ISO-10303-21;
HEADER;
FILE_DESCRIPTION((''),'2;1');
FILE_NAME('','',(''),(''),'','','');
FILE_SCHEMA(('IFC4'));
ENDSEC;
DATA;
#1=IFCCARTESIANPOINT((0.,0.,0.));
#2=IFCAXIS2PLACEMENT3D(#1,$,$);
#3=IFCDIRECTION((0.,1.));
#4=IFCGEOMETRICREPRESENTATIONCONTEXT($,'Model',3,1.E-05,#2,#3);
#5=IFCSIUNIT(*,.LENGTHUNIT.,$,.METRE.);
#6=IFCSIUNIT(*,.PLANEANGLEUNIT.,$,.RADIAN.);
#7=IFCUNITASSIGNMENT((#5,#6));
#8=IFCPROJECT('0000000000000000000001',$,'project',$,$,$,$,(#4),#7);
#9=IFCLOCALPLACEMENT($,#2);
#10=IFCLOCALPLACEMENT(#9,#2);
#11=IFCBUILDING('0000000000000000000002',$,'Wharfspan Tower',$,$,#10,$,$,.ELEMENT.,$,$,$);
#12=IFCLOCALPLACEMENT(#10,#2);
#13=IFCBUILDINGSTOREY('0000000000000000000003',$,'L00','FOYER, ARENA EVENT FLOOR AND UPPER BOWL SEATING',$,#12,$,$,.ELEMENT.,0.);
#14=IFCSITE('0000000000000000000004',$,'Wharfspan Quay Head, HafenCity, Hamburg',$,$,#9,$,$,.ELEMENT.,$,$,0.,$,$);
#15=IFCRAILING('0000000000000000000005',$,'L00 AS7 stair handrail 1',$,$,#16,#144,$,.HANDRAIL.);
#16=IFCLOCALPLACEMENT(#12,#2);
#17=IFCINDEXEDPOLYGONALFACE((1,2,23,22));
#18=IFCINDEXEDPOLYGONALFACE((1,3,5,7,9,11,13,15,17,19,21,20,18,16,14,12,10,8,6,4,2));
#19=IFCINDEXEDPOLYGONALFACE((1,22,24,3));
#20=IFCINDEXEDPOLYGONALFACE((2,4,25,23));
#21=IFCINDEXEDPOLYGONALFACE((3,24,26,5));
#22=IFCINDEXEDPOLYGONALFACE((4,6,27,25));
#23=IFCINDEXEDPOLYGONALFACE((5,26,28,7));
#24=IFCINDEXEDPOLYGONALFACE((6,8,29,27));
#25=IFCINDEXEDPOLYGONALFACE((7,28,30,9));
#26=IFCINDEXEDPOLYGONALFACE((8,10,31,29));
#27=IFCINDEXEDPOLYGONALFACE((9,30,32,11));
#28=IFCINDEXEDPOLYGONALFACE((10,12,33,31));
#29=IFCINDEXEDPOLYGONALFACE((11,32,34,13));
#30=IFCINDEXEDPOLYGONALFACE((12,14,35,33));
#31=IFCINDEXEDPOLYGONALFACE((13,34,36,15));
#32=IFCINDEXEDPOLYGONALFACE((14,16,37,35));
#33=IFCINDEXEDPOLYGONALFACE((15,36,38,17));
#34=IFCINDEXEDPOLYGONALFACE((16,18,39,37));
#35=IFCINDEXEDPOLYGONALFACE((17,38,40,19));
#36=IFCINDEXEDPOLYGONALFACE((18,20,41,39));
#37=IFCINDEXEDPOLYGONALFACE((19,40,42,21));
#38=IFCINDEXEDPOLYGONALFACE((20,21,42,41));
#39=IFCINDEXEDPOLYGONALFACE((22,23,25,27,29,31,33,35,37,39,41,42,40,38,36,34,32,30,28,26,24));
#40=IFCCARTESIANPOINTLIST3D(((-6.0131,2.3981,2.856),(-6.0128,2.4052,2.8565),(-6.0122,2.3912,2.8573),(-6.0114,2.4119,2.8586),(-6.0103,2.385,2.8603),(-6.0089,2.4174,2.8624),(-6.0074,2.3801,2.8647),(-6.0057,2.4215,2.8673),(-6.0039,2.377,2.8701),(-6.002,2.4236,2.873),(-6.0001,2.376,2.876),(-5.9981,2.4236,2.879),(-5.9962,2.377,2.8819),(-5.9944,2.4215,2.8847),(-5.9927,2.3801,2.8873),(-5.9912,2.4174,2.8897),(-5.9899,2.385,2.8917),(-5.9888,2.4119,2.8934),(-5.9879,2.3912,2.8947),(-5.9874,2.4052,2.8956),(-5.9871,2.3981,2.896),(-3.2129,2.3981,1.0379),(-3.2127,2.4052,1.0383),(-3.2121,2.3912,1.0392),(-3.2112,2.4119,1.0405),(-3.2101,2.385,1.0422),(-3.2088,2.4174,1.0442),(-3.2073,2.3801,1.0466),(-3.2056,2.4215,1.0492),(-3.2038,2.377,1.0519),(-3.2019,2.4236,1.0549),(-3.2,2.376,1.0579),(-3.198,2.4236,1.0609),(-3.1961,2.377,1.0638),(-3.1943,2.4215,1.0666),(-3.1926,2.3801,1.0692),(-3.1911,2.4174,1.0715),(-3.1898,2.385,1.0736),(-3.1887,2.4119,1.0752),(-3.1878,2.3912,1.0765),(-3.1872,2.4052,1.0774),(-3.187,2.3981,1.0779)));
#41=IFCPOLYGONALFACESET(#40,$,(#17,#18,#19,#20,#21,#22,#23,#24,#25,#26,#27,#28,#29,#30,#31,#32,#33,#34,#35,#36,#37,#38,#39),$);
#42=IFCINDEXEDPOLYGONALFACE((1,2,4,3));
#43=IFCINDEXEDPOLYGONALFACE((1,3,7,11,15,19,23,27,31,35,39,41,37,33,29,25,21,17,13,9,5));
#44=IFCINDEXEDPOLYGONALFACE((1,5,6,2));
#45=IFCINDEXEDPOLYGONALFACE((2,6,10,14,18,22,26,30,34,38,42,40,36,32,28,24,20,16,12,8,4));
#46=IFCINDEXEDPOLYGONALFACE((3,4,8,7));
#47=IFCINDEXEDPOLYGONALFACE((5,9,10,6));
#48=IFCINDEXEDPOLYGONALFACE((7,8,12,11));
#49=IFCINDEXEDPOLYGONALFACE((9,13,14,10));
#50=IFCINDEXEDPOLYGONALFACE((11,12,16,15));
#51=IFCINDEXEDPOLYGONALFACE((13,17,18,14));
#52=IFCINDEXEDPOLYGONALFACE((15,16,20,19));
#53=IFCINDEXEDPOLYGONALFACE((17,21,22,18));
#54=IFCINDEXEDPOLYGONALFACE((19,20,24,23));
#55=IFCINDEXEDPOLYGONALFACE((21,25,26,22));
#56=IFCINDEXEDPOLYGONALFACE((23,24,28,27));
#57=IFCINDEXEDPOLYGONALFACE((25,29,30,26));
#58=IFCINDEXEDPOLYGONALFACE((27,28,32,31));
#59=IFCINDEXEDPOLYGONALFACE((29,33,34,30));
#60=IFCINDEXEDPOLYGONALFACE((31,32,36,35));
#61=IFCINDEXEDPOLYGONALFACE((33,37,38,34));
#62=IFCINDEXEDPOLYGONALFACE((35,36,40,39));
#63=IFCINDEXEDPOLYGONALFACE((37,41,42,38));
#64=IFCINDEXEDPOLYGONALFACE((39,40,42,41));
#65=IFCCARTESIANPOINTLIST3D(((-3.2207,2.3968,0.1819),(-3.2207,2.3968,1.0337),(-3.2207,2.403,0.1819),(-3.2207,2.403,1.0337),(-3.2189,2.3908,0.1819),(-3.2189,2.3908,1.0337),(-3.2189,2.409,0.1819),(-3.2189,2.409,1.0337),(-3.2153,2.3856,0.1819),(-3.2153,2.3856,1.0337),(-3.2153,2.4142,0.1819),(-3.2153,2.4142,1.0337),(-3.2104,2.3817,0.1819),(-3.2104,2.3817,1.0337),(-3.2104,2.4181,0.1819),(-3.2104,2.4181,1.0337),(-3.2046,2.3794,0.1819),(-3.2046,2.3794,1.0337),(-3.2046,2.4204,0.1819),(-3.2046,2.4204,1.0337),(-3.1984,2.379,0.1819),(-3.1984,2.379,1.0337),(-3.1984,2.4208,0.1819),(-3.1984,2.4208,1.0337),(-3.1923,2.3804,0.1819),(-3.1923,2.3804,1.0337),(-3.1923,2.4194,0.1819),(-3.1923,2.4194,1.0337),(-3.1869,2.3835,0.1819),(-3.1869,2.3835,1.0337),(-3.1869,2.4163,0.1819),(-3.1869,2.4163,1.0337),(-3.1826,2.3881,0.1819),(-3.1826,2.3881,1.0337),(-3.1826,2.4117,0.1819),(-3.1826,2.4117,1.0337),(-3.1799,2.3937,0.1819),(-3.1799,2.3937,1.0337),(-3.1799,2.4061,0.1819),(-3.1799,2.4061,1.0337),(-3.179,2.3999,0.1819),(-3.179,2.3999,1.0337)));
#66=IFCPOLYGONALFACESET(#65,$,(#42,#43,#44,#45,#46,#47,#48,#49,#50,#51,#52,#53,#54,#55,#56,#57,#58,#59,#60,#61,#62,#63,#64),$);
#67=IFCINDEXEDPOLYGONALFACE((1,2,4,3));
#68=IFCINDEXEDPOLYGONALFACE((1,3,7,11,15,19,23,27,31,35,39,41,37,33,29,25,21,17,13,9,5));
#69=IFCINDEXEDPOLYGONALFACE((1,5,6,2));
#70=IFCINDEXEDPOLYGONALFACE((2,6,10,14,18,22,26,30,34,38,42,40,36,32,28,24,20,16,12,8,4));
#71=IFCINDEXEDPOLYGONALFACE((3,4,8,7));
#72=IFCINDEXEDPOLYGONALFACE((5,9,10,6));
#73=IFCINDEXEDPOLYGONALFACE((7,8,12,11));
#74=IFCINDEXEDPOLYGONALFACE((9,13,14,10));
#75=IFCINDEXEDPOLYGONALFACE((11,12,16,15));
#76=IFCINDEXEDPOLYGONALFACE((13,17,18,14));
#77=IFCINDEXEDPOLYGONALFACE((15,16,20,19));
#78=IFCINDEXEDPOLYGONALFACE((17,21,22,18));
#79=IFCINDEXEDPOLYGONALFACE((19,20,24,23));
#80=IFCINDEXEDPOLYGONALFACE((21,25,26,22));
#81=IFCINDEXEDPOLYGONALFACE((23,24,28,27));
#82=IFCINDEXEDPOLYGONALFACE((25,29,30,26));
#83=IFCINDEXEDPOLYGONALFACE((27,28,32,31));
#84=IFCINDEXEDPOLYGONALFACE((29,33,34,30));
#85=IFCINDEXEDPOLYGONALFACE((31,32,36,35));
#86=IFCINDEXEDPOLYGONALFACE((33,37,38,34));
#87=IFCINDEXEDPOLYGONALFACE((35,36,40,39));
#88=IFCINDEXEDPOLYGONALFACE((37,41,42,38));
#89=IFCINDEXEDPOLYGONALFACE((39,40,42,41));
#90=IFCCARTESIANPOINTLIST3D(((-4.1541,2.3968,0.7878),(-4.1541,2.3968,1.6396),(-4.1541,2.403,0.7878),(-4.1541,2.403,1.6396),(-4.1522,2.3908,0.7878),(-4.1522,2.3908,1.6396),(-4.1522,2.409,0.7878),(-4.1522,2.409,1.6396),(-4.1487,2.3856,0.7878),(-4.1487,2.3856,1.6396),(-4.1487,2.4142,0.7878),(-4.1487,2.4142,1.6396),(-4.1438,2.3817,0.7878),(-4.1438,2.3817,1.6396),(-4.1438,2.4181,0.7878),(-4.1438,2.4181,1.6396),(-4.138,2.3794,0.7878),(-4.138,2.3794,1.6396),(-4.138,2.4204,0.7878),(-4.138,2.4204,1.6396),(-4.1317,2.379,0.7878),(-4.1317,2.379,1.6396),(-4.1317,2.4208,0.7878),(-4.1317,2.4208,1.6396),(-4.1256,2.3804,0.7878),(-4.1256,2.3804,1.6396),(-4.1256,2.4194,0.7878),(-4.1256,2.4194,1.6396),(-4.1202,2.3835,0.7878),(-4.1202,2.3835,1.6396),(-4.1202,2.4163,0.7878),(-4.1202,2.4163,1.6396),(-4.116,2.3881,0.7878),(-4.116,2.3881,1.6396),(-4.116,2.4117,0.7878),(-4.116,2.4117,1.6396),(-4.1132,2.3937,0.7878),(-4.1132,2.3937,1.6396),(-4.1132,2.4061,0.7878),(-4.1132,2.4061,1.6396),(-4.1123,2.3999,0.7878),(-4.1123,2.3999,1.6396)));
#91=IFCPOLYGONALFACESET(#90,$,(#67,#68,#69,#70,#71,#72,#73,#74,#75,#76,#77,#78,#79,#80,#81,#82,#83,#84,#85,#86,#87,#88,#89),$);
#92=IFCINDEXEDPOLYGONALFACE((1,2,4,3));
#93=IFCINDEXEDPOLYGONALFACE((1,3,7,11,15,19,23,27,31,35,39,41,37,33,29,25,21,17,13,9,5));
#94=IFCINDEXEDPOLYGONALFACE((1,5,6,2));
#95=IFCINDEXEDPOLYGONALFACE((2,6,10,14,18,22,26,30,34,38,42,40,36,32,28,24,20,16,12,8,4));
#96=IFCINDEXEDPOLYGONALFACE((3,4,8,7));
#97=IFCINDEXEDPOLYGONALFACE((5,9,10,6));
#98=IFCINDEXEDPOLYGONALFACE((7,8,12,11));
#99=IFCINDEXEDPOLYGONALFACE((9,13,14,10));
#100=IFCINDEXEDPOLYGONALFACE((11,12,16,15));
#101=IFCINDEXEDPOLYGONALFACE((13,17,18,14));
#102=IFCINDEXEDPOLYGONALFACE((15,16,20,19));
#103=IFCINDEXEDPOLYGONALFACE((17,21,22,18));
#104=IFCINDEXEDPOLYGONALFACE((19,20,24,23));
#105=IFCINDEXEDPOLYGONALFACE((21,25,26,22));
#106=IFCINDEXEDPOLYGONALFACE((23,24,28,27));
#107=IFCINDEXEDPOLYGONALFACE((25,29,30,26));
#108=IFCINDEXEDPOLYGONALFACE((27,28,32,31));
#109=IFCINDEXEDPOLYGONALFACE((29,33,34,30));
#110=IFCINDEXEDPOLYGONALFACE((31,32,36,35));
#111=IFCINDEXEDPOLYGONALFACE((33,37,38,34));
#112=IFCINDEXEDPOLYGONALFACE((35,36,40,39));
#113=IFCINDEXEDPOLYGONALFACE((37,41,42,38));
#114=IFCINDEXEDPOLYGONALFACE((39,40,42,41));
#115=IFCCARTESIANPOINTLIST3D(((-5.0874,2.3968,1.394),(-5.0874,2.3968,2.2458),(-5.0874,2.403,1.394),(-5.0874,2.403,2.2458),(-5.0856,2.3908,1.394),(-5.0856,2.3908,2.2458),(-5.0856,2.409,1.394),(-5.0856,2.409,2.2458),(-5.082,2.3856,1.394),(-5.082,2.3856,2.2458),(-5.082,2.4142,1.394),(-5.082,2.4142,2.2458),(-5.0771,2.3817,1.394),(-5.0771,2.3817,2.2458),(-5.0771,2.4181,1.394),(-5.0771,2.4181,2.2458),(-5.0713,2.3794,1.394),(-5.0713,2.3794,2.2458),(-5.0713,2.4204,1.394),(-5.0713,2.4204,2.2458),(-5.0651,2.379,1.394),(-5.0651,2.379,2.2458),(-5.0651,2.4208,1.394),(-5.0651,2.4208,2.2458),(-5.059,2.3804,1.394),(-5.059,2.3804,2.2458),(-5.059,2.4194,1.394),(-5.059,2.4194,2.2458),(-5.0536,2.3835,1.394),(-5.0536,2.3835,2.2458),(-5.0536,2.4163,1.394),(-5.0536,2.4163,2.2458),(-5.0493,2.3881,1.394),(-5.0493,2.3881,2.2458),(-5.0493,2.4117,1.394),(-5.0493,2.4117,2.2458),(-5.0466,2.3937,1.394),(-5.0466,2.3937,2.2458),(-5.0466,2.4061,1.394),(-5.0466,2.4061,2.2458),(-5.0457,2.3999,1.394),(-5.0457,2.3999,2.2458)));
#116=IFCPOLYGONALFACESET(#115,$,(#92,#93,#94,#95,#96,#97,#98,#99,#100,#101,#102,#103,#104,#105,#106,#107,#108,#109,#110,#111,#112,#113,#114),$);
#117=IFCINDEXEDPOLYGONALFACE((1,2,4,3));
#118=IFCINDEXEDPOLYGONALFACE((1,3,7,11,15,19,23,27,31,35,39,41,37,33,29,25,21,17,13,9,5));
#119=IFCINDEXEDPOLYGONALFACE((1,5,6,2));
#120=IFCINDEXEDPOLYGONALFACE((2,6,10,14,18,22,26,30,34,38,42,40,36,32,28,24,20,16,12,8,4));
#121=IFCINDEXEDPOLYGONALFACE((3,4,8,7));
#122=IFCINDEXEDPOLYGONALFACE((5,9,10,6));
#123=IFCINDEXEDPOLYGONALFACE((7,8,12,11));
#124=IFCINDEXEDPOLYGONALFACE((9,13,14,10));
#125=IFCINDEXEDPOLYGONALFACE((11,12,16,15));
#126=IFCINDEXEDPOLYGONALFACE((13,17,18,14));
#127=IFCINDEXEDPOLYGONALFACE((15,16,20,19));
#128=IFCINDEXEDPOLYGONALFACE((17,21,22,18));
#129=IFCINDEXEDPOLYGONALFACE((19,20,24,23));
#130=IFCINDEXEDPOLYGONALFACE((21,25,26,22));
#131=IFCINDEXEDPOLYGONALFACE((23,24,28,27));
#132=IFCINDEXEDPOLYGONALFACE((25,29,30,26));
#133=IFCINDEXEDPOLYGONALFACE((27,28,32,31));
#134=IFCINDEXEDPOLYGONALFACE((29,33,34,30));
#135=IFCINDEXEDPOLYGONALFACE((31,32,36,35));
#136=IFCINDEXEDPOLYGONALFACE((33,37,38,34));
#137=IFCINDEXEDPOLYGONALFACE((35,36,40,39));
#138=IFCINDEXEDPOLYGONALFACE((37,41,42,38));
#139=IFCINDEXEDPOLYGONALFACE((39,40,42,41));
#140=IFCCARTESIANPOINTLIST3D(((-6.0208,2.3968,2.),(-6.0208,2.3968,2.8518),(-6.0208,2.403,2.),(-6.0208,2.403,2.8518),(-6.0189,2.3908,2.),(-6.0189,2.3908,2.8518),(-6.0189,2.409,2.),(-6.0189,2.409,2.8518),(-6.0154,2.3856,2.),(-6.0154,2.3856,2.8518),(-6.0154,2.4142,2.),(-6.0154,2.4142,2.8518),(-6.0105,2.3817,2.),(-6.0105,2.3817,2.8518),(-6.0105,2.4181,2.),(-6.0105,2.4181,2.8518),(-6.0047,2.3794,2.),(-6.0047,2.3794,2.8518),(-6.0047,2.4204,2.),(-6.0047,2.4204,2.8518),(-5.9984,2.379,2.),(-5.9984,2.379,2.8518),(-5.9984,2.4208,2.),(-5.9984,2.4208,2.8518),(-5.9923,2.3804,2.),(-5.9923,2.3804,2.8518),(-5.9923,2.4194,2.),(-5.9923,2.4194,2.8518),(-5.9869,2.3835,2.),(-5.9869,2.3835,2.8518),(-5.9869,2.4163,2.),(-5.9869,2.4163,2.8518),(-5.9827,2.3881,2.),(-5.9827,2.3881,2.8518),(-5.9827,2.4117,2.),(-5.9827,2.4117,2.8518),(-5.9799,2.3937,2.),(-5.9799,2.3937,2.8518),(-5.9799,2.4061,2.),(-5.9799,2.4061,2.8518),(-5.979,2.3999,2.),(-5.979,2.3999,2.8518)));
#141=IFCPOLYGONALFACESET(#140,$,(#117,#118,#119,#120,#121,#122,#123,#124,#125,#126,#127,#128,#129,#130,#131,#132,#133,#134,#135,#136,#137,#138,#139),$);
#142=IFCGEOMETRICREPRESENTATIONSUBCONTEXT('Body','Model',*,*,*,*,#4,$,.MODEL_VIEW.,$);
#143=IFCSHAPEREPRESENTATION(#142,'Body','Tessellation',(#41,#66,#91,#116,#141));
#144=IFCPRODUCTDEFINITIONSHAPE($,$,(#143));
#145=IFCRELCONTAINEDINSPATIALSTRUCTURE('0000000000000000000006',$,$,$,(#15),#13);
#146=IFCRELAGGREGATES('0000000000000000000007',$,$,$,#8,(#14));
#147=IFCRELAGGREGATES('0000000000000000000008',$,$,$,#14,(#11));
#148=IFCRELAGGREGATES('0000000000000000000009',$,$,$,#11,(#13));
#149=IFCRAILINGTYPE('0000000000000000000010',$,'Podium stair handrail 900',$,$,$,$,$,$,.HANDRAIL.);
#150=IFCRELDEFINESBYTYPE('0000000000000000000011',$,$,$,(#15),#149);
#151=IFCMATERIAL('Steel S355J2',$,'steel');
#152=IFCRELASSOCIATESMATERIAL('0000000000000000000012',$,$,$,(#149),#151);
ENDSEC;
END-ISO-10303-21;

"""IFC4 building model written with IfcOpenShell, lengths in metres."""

from ifc_helpers import new_model, si_unit, direction, frame, origin, origin_2d, place, context, subcontext, project, spatial, circle, extrude, material, type_object, element, save


model = new_model("IFC4")

# Units and contexts
model_context = context("Model", 3, precision=1e-05, world=origin(), true_north=direction((0.0, 1.0)))
body_context = subcontext(model_context, "Body", "Model", "MODEL_VIEW")
ifc_project = project(units=[si_unit("LENGTHUNIT", "METRE"), si_unit("PLANEANGLEUNIT", "RADIAN")], contexts=[model_context])

# Site, building, storey
site_placement = place(None, origin())
site = spatial("IfcSite", under=ifc_project, at=site_placement, Name="Wharfspan Quay Head, HafenCity, Hamburg", CompositionType="ELEMENT", RefElevation=0.0)
building_placement = place(site_placement, origin())
building = spatial("IfcBuilding", under=site, at=building_placement, Name="Wharfspan Tower", CompositionType="ELEMENT")
storey_placement = place(building_placement, origin())
storey = spatial("IfcBuildingStorey", under=building, at=storey_placement, Name="L00", Description="FOYER, ARENA EVENT FLOOR AND UPPER BOWL SEATING", CompositionType="ELEMENT", Elevation=0.0)

# Shared definitions
ifc_material_1 = material(Name="Steel S355J2", Category="steel")

# Railing
railing_type_1 = type_object("IfcRailingType", Name="Podium stair handrail 900", PredefinedType="HANDRAIL", material=ifc_material_1)
for number, where, name in (
    (1, (-3.2, 2.3999, 0.1819), "L00 AS7 stair handrail 1"),
):
    element("IfcRailing", number, at=place(storey_placement, frame(where)), inside=storey, type_object=railing_type_1, Name=name, PredefinedType="HANDRAIL", context=body_context, shape_type="SweptSolid", body=[
        extrude(circle(Radius=0.0239, at=origin_2d()), frame((0.0, 0.0, 0.876), z_axis=(-0.838706, 0.0, 0.544585), x_axis=(0.0, -1.0, 0.0)), (0.0, 0.0, 1.0), 3.3386),
        extrude(circle(Radius=0.021, at=origin_2d()), origin(), (0.0, 0.0, 1.0), 0.8518),
        extrude(circle(Radius=0.021, at=origin_2d()), frame((-0.9334, 0.0, 0.606)), (0.0, 0.0, 1.0), 0.8518),
        extrude(circle(Radius=0.021, at=origin_2d()), frame((-1.8667, 0.0, 1.2122)), (0.0, 0.0, 1.0), 0.8518),
        extrude(circle(Radius=0.021, at=origin_2d()), frame((-2.8, 0.0, 1.8181)), (0.0, 0.0, 1.0), 0.8518),
    ])

save(model, "model.ifc")
